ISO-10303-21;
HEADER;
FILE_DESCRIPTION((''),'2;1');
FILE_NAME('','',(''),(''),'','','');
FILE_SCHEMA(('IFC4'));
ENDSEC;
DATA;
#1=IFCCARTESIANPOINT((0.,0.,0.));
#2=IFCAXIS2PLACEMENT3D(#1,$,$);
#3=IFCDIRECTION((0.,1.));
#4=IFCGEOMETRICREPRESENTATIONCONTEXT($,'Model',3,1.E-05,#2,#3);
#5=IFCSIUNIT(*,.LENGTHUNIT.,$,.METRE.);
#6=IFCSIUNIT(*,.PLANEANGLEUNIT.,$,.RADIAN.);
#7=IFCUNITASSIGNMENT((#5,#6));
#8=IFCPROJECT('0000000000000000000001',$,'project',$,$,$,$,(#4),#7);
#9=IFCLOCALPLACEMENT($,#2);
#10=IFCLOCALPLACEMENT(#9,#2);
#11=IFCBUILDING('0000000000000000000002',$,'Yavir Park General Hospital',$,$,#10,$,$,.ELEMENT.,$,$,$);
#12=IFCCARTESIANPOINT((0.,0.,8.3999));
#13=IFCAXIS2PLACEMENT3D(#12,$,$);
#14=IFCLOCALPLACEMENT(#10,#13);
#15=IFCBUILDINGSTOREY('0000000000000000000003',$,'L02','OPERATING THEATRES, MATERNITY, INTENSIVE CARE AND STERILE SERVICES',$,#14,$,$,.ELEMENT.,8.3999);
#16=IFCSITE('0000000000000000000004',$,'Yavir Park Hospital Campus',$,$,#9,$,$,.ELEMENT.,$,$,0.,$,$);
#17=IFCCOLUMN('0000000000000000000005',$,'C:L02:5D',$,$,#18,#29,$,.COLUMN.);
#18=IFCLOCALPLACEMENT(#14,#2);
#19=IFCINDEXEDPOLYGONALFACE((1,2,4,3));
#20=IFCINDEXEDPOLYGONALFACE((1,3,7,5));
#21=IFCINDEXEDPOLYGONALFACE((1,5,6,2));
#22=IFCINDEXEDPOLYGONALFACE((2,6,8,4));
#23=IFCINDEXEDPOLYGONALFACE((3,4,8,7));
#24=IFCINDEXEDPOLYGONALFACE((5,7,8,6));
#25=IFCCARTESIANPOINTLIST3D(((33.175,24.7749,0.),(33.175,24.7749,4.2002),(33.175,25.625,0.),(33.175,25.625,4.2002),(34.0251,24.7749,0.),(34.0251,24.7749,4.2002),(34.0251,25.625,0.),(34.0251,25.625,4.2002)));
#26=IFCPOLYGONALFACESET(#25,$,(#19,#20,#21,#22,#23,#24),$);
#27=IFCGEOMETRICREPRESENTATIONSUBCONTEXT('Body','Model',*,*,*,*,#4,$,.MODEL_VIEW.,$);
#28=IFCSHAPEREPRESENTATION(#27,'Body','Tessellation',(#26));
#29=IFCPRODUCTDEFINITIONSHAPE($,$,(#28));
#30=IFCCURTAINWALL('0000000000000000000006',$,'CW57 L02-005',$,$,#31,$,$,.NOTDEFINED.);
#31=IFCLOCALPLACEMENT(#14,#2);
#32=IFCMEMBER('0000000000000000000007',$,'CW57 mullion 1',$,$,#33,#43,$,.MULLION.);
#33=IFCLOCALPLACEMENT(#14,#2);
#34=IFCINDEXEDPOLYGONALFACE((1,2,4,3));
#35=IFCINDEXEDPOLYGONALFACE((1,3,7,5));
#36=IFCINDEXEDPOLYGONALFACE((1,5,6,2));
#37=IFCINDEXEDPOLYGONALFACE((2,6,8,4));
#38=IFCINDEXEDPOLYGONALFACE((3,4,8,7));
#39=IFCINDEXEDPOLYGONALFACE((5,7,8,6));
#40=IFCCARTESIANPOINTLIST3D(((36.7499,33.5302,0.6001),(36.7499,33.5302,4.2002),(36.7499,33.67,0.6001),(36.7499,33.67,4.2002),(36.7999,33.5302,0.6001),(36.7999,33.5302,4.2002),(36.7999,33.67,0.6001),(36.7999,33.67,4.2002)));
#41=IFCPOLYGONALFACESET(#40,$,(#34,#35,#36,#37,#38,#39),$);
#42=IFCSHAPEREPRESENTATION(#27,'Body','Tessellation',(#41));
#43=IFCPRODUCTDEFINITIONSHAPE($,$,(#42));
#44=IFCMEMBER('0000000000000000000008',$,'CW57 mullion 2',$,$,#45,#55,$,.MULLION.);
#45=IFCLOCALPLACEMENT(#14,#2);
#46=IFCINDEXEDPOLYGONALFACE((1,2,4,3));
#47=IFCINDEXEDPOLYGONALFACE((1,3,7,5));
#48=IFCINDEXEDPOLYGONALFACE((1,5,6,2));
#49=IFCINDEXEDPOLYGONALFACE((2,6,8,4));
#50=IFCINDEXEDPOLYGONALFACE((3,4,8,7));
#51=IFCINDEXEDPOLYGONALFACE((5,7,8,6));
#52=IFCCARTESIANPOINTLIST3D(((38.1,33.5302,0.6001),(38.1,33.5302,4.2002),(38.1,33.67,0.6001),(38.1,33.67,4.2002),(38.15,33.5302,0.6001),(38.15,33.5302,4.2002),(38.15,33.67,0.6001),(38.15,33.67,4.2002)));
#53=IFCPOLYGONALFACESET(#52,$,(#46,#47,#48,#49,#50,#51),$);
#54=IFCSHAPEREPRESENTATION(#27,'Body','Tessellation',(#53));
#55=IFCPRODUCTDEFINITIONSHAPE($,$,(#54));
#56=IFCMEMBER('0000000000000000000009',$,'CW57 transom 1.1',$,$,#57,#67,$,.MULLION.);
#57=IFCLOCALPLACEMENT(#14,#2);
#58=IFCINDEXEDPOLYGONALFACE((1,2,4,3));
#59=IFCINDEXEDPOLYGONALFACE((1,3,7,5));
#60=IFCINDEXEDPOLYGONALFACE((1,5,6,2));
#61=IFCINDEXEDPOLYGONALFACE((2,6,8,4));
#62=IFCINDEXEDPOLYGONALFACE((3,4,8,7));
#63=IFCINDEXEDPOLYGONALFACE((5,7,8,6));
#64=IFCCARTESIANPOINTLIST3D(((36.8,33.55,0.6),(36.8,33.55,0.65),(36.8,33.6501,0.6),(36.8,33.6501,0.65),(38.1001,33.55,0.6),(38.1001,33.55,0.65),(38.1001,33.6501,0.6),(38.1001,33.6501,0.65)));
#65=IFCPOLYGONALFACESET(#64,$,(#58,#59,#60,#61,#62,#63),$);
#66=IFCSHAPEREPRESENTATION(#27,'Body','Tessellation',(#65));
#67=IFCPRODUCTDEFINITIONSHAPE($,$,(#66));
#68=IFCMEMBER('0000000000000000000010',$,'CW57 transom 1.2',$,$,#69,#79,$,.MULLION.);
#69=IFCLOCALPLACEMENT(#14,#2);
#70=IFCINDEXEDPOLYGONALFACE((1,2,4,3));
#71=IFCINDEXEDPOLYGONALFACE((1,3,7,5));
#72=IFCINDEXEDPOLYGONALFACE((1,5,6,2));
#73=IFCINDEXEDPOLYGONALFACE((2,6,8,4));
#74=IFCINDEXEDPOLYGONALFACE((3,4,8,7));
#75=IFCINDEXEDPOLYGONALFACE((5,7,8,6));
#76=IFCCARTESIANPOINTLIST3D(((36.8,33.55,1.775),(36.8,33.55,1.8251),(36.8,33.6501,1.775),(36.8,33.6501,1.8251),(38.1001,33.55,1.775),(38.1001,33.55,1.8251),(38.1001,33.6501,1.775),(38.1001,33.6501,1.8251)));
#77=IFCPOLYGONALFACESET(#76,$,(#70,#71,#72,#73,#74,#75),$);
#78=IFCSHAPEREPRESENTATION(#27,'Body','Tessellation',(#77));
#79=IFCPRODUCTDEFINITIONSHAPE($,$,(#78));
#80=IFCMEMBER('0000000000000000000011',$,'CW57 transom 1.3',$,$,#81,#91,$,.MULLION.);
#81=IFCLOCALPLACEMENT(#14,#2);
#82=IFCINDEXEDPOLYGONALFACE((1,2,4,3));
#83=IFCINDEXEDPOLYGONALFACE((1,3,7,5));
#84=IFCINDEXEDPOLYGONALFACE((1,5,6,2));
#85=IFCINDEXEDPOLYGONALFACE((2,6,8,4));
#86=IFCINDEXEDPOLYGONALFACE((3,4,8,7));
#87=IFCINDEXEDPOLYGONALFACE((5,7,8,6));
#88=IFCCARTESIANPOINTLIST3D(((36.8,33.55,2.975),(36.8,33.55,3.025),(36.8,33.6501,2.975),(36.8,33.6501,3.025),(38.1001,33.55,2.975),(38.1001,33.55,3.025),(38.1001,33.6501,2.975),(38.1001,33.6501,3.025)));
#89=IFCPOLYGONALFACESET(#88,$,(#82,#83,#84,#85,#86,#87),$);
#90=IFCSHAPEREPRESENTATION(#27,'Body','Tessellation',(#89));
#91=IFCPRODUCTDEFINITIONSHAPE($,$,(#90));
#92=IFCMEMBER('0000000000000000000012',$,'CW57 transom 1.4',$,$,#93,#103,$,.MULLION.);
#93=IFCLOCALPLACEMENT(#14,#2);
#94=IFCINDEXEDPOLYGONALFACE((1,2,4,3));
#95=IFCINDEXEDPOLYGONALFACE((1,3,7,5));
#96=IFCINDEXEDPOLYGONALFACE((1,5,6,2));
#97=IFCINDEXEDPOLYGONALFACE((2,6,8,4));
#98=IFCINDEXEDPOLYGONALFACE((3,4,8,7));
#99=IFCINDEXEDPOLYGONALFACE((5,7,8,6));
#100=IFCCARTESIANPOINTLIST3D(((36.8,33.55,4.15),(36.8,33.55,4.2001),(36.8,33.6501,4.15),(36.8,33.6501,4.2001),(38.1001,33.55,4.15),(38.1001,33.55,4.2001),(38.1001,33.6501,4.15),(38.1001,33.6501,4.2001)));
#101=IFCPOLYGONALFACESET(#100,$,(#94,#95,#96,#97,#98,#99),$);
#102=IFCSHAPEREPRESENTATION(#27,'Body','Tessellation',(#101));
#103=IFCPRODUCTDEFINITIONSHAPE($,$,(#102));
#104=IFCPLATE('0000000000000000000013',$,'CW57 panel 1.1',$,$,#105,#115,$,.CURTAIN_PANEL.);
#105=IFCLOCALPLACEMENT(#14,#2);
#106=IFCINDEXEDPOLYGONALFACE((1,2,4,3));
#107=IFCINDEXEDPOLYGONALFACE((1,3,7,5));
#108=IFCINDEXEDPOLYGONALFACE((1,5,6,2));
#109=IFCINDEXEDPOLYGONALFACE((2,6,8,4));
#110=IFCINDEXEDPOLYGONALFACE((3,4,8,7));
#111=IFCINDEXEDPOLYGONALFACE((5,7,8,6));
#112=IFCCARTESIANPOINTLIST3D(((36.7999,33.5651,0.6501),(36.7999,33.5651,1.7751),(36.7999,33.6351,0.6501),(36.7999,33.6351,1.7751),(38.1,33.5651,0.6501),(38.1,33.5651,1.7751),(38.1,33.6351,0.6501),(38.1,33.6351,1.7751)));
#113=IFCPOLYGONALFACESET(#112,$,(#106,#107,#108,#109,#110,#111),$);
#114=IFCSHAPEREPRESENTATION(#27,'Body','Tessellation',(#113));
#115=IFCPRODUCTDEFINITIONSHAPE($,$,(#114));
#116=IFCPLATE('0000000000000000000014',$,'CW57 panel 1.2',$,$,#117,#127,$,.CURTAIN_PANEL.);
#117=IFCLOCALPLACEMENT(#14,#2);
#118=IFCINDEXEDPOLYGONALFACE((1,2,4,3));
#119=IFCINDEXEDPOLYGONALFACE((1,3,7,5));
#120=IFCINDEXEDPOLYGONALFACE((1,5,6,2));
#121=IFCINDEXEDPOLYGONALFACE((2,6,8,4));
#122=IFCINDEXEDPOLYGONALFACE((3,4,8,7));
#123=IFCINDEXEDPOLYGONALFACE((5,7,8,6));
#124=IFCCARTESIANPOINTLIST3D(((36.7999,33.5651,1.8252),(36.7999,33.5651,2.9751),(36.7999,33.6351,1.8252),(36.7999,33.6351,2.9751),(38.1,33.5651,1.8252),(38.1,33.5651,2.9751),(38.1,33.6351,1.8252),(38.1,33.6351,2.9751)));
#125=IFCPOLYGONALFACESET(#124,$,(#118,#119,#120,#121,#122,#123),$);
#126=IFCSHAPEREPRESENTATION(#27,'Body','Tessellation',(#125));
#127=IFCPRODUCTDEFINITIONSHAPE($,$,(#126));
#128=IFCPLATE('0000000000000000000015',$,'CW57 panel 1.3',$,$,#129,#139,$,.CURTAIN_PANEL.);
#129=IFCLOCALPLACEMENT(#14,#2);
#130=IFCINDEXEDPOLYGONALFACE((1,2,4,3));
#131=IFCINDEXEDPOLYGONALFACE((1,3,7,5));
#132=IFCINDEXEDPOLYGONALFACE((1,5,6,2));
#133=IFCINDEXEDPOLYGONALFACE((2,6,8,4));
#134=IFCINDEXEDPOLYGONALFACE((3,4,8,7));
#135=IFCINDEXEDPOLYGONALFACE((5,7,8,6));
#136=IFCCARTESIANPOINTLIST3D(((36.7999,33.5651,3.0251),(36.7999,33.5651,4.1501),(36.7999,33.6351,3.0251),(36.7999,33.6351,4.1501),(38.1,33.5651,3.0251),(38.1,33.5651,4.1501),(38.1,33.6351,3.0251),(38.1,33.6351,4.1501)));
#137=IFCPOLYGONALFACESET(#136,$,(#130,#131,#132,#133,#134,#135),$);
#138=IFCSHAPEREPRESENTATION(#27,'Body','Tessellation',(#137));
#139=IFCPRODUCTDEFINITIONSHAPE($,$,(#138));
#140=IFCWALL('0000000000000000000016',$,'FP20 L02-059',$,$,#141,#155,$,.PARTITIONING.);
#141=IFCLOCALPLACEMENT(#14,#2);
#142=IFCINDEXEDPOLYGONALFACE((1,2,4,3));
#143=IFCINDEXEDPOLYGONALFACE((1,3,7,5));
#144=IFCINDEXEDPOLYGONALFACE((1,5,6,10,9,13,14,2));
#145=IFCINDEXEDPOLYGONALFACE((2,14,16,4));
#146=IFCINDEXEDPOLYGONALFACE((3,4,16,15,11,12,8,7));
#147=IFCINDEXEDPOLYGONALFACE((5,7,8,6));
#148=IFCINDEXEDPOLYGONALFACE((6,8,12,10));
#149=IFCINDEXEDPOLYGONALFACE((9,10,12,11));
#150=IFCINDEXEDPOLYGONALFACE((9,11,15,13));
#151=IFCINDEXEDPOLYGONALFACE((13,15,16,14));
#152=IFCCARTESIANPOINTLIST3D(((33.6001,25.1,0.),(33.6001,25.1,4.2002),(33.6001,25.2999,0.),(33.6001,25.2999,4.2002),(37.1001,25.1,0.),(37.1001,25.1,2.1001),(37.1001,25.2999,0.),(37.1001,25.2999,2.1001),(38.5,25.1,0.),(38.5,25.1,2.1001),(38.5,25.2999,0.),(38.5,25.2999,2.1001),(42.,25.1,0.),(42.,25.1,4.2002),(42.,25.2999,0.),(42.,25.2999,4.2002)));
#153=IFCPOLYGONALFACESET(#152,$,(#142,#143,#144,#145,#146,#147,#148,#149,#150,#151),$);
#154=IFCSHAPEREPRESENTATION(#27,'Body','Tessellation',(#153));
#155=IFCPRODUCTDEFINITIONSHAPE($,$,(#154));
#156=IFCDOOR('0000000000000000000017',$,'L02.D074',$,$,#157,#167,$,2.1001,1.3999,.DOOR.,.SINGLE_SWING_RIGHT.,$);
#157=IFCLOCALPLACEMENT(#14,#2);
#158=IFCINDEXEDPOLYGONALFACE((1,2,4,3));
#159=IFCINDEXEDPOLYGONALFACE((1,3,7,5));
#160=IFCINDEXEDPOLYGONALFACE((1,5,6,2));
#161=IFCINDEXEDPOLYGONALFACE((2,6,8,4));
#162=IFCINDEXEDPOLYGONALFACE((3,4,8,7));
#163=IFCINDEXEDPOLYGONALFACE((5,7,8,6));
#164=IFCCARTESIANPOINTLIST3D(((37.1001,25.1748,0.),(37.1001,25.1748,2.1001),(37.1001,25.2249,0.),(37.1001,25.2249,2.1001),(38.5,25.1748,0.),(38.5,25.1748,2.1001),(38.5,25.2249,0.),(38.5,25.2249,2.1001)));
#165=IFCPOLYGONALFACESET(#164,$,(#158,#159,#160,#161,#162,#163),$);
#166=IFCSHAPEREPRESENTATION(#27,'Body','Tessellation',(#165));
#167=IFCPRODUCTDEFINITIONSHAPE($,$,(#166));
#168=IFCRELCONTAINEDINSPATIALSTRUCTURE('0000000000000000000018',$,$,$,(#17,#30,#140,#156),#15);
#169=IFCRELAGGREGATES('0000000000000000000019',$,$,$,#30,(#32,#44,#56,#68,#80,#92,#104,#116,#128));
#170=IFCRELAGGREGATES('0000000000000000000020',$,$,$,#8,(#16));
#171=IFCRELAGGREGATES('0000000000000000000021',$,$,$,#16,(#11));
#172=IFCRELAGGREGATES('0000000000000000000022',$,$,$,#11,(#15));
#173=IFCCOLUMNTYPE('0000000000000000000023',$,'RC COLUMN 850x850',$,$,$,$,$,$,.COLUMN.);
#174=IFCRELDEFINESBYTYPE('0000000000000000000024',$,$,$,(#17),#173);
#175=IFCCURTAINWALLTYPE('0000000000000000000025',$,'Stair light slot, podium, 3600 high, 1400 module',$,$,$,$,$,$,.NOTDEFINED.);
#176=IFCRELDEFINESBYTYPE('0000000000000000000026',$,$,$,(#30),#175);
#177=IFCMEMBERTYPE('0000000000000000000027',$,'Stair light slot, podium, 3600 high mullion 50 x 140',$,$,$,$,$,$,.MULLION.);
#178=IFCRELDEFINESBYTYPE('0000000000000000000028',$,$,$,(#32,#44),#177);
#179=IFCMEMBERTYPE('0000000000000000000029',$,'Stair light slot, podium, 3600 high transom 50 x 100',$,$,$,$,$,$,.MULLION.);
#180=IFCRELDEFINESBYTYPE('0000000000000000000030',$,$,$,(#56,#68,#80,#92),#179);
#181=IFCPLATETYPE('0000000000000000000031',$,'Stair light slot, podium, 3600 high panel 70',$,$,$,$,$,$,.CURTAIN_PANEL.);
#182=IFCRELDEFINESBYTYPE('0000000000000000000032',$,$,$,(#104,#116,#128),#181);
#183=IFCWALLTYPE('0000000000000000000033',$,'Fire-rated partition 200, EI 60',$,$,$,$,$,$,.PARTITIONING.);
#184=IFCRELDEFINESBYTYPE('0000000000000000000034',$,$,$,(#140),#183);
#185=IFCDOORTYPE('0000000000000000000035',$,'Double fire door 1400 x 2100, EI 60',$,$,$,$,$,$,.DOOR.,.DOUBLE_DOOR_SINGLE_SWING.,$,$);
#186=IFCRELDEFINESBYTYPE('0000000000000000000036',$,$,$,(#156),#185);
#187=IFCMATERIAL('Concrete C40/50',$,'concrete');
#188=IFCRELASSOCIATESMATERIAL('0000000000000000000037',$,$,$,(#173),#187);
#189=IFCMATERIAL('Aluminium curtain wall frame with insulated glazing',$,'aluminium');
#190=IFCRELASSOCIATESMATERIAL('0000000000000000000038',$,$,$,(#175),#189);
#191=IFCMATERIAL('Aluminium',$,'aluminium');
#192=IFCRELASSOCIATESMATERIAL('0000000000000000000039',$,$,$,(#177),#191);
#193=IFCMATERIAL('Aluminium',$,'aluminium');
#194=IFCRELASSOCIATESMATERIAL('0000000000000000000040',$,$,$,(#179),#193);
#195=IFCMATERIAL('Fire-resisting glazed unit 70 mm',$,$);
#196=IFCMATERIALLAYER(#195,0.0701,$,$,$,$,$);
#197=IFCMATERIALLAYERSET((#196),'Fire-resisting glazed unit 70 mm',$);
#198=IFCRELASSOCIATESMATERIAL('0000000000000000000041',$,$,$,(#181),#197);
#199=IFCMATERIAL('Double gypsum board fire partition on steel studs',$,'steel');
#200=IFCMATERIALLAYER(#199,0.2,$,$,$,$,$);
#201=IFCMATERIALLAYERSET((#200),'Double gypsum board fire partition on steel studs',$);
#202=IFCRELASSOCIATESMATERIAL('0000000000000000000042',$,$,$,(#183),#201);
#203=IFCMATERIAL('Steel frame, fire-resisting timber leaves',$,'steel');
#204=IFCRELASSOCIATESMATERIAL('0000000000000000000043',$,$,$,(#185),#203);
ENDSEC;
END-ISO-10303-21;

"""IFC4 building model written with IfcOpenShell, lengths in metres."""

from ifc_helpers import new_model, si_unit, direction, frame, frame_2d, origin, origin_2d, place, context, subcontext, project, spatial, rectangle, extrude, material, layer, layer_set, material_profile, profile_set, type_object, element, fill, aggregate, save


model = new_model("IFC4")

# Units and contexts
model_context = context("Model", 3, precision=1e-05, world=origin(), true_north=direction((0.0, 1.0)))
body_context = subcontext(model_context, "Body", "Model", "MODEL_VIEW")
ifc_project = project(units=[si_unit("LENGTHUNIT", "METRE"), si_unit("PLANEANGLEUNIT", "RADIAN")], contexts=[model_context])

# Site, building, storey
site_placement = place(None, origin())
site = spatial("IfcSite", under=ifc_project, at=site_placement, Name="Yavir Park Hospital Campus", CompositionType="ELEMENT", RefElevation=0.0)
building_placement = place(site_placement, origin())
building = spatial("IfcBuilding", under=site, at=building_placement, Name="Yavir Park General Hospital", CompositionType="ELEMENT")
storey_placement = place(building_placement, frame((0.0, 0.0, 8.3999)))
storey = spatial("IfcBuildingStorey", under=building, at=storey_placement, Name="L02", Description="OPERATING THEATRES, MATERNITY, INTENSIVE CARE AND STERILE SERVICES", CompositionType="ELEMENT", Elevation=8.3999)

# Column
ifc_material_1 = material(Name="Concrete C40/50", Category="concrete")
ifc_material_profile_1 = material_profile(ifc_material_1, rectangle(XDim=0.8501, YDim=0.8501, at=origin_2d()), Name="RC850x850")
ifc_profile_set_1 = profile_set([ifc_material_profile_1], Name="Concrete C40/50")
column_type = type_object("IfcColumnType", Name="RC COLUMN 850x850", PredefinedType="COLUMN", material=ifc_profile_set_1)
column_placement = place(storey_placement, frame((33.6001, 25.2, 0.0), z_axis=(0.0, 0.0, 1.0), x_axis=(1.0, 0.0, 0.0)))
element("IfcColumn", 1, at=column_placement, inside=storey, type_object=column_type, Name="C:L02:5D", PredefinedType="COLUMN", context=body_context, shape_type="SweptSolid", body=[
    extrude(rectangle(XDim=0.8501, YDim=0.8501, at=origin_2d()), origin(), (0.0, 0.0, 1.0), 4.2002),
])

# Curtain wall, members, plates
ifc_material_2 = material(Name="Aluminium curtain wall frame with insulated glazing", Category="aluminium")
curtain_wall_type = type_object("IfcCurtainWallType", Name="Stair light slot, podium, 3600 high, 1400 module", PredefinedType="NOTDEFINED", material=ifc_material_2)
curtain_wall_placement = place(storey_placement, origin())
curtain_wall = element("IfcCurtainWall", 2, at=curtain_wall_placement, inside=storey, type_object=curtain_wall_type, Name="CW57 L02-005", PredefinedType="NOTDEFINED")
ifc_material_3 = material(Name="Aluminium", Category="aluminium")
ifc_material_profile_2 = material_profile(ifc_material_3, rectangle(XDim=0.1399, YDim=0.05, at=origin_2d()), Name="AL 50x140")
ifc_profile_set_2 = profile_set([ifc_material_profile_2], Name="Aluminium")
member_type_1 = type_object("IfcMemberType", Name="Stair light slot, podium, 3600 high mullion 50 x 140", PredefinedType="MULLION", material=ifc_profile_set_2)
member_1_placement = place(storey_placement, frame((36.7749, 33.6001, 0.6001), z_axis=(0.0, 0.0, 1.0), x_axis=(0.0, 1.0, 0.0)))
member_1 = element("IfcMember", 3, at=member_1_placement, type_object=member_type_1, Name="CW57 mullion 1", PredefinedType="MULLION", context=body_context, shape_type="SweptSolid", body=[
    extrude(rectangle(XDim=0.1399, YDim=0.05, at=origin_2d()), origin(), (0.0, 0.0, 1.0), 3.6001),
])
member_2_placement = place(storey_placement, frame((38.125, 33.6001, 0.6001), z_axis=(0.0, 0.0, 1.0), x_axis=(0.0, 1.0, 0.0)))
member_2 = element("IfcMember", 4, at=member_2_placement, type_object=member_type_1, Name="CW57 mullion 2", PredefinedType="MULLION", context=body_context, shape_type="SweptSolid", body=[
    extrude(rectangle(XDim=0.1399, YDim=0.05, at=origin_2d()), origin(), (0.0, 0.0, 1.0), 3.6001),
])
ifc_material_4 = material(Name="Aluminium", Category="aluminium")
ifc_material_profile_3 = material_profile(ifc_material_4, rectangle(XDim=0.1001, YDim=0.05, at=origin_2d()), Name="AL 100x50")
ifc_profile_set_3 = profile_set([ifc_material_profile_3], Name="Aluminium")
member_type_2 = type_object("IfcMemberType", Name="Stair light slot, podium, 3600 high transom 50 x 100", PredefinedType="MULLION", material=ifc_profile_set_3)
member_3_placement = place(storey_placement, frame((36.8, 33.6001, 0.625), z_axis=(1.0, 0.0, 0.0), x_axis=(0.0, 1.0, 0.0)))
member_3 = element("IfcMember", 5, at=member_3_placement, type_object=member_type_2, Name="CW57 transom 1.1", PredefinedType="MULLION", context=body_context, shape_type="SweptSolid", body=[
    extrude(rectangle(XDim=0.1001, YDim=0.05, at=origin_2d()), origin(), (0.0, 0.0, 1.0), 1.3),
])
member_4_placement = place(storey_placement, frame((36.8, 33.6001, 1.8), z_axis=(1.0, 0.0, 0.0), x_axis=(0.0, 1.0, 0.0)))
member_4 = element("IfcMember", 6, at=member_4_placement, type_object=member_type_2, Name="CW57 transom 1.2", PredefinedType="MULLION", context=body_context, shape_type="SweptSolid", body=[
    extrude(rectangle(XDim=0.1001, YDim=0.05, at=origin_2d()), origin(), (0.0, 0.0, 1.0), 1.3),
])
member_5_placement = place(storey_placement, frame((36.8, 33.6001, 3.0), z_axis=(1.0, 0.0, 0.0), x_axis=(0.0, 1.0, 0.0)))
member_5 = element("IfcMember", 7, at=member_5_placement, type_object=member_type_2, Name="CW57 transom 1.3", PredefinedType="MULLION", context=body_context, shape_type="SweptSolid", body=[
    extrude(rectangle(XDim=0.1001, YDim=0.05, at=origin_2d()), origin(), (0.0, 0.0, 1.0), 1.3),
])
member_6_placement = place(storey_placement, frame((36.8, 33.6001, 4.175), z_axis=(1.0, 0.0, 0.0), x_axis=(0.0, 1.0, 0.0)))
member_6 = element("IfcMember", 8, at=member_6_placement, type_object=member_type_2, Name="CW57 transom 1.4", PredefinedType="MULLION", context=body_context, shape_type="SweptSolid", body=[
    extrude(rectangle(XDim=0.1001, YDim=0.05, at=origin_2d()), origin(), (0.0, 0.0, 1.0), 1.3),
])
ifc_material_5 = material(Name="Fire-resisting glazed unit 70 mm")
ifc_layer_1 = layer(ifc_material_5, 0.0701)
ifc_layer_set_1 = layer_set([ifc_layer_1], Name="Fire-resisting glazed unit 70 mm")
plate_type = type_object("IfcPlateType", Name="Stair light slot, podium, 3600 high panel 70", PredefinedType="CURTAIN_PANEL", material=ifc_layer_set_1)
plate_1_placement = place(storey_placement, frame((37.45, 33.6001, 0.6501), z_axis=(0.0, 0.0, 1.0), x_axis=(1.0, 0.0, 0.0)))
plate_1 = element("IfcPlate", 9, at=plate_1_placement, type_object=plate_type, Name="CW57 panel 1.1", PredefinedType="CURTAIN_PANEL", context=body_context, shape_type="SweptSolid", body=[
    extrude(rectangle(XDim=1.3, YDim=0.0701, at=origin_2d()), origin(), (0.0, 0.0, 1.0), 1.125),
])
plate_2_placement = place(storey_placement, frame((37.45, 33.6001, 1.8252), z_axis=(0.0, 0.0, 1.0), x_axis=(1.0, 0.0, 0.0)))
plate_2 = element("IfcPlate", 10, at=plate_2_placement, type_object=plate_type, Name="CW57 panel 1.2", PredefinedType="CURTAIN_PANEL", context=body_context, shape_type="SweptSolid", body=[
    extrude(rectangle(XDim=1.3, YDim=0.0701, at=origin_2d()), origin(), (0.0, 0.0, 1.0), 1.1499),
])
plate_3_placement = place(storey_placement, frame((37.45, 33.6001, 3.0251), z_axis=(0.0, 0.0, 1.0), x_axis=(1.0, 0.0, 0.0)))
plate_3 = element("IfcPlate", 11, at=plate_3_placement, type_object=plate_type, Name="CW57 panel 1.3", PredefinedType="CURTAIN_PANEL", context=body_context, shape_type="SweptSolid", body=[
    extrude(rectangle(XDim=1.3, YDim=0.0701, at=origin_2d()), origin(), (0.0, 0.0, 1.0), 1.125),
])
aggregate(curtain_wall, [member_1, member_2, member_3, member_4, member_5, member_6, plate_1, plate_2, plate_3])

# Wall, opening, door
ifc_material_6 = material(Name="Double gypsum board fire partition on steel studs", Category="steel")
ifc_layer_2 = layer(ifc_material_6, 0.2)
ifc_layer_set_2 = layer_set([ifc_layer_2], Name="Double gypsum board fire partition on steel studs")
wall_type_1 = type_object("IfcWallType", Name="Fire-rated partition 200, EI 60", PredefinedType="PARTITIONING", material=ifc_layer_set_2)
wall_1_placement = place(storey_placement, frame((33.6001, 25.2, 0.0), z_axis=(0.0, 0.0, 1.0), x_axis=(1.0, 0.0, 0.0)))
wall_1 = element("IfcWall", 12, at=wall_1_placement, inside=storey, type_object=wall_type_1, Name="FP20 L02-059", PredefinedType="PARTITIONING", context=body_context, shape_type="SweptSolid", body=[
    extrude(rectangle(XDim=8.3999, YDim=0.2, at=frame_2d((4.2, 0.0))), origin(), (0.0, 0.0, 1.0), 4.2002),
])
opening_1_placement = place(wall_1_placement, frame((3.5, 0.0, 0.0)))
opening_1 = element("IfcOpeningElement", 13, at=opening_1_placement, cuts=wall_1, PredefinedType="OPENING", context=body_context, shape_type="SweptSolid", body=[
    extrude(rectangle(XDim=1.3999, YDim=2.1001, at=frame_2d((0.7, 1.05))), frame((0.0, 0.1099, 0.0), z_axis=(0.0, -1.0, 0.0), x_axis=(1.0, 0.0, 0.0)), (0.0, 0.0, 1.0), 0.22),
])
ifc_material_7 = material(Name="Steel frame, fire-resisting timber leaves", Category="steel")
door_type_1 = type_object("IfcDoorType", Name="Double fire door 1400 x 2100, EI 60", OperationType="DOUBLE_DOOR_SINGLE_SWING", PredefinedType="DOOR", material=ifc_material_7)
door_1_placement = place(opening_1_placement, origin())
door_1 = element("IfcDoor", 14, at=door_1_placement, inside=storey, type_object=door_type_1, Name="L02.D074", OperationType="SINGLE_SWING_RIGHT", OverallHeight=2.1001, OverallWidth=1.3999, PredefinedType="DOOR", context=body_context, shape_type="SweptSolid", body=[
    extrude(rectangle(XDim=1.3999, YDim=2.1001, at=frame_2d((0.7, 1.05))), frame((0.0, 0.0249, 0.0), z_axis=(0.0, -1.0, 0.0), x_axis=(1.0, 0.0, 0.0)), (0.0, 0.0, 1.0), 0.05),
])
fill(opening_1, door_1)

save(model, "model.ifc")
